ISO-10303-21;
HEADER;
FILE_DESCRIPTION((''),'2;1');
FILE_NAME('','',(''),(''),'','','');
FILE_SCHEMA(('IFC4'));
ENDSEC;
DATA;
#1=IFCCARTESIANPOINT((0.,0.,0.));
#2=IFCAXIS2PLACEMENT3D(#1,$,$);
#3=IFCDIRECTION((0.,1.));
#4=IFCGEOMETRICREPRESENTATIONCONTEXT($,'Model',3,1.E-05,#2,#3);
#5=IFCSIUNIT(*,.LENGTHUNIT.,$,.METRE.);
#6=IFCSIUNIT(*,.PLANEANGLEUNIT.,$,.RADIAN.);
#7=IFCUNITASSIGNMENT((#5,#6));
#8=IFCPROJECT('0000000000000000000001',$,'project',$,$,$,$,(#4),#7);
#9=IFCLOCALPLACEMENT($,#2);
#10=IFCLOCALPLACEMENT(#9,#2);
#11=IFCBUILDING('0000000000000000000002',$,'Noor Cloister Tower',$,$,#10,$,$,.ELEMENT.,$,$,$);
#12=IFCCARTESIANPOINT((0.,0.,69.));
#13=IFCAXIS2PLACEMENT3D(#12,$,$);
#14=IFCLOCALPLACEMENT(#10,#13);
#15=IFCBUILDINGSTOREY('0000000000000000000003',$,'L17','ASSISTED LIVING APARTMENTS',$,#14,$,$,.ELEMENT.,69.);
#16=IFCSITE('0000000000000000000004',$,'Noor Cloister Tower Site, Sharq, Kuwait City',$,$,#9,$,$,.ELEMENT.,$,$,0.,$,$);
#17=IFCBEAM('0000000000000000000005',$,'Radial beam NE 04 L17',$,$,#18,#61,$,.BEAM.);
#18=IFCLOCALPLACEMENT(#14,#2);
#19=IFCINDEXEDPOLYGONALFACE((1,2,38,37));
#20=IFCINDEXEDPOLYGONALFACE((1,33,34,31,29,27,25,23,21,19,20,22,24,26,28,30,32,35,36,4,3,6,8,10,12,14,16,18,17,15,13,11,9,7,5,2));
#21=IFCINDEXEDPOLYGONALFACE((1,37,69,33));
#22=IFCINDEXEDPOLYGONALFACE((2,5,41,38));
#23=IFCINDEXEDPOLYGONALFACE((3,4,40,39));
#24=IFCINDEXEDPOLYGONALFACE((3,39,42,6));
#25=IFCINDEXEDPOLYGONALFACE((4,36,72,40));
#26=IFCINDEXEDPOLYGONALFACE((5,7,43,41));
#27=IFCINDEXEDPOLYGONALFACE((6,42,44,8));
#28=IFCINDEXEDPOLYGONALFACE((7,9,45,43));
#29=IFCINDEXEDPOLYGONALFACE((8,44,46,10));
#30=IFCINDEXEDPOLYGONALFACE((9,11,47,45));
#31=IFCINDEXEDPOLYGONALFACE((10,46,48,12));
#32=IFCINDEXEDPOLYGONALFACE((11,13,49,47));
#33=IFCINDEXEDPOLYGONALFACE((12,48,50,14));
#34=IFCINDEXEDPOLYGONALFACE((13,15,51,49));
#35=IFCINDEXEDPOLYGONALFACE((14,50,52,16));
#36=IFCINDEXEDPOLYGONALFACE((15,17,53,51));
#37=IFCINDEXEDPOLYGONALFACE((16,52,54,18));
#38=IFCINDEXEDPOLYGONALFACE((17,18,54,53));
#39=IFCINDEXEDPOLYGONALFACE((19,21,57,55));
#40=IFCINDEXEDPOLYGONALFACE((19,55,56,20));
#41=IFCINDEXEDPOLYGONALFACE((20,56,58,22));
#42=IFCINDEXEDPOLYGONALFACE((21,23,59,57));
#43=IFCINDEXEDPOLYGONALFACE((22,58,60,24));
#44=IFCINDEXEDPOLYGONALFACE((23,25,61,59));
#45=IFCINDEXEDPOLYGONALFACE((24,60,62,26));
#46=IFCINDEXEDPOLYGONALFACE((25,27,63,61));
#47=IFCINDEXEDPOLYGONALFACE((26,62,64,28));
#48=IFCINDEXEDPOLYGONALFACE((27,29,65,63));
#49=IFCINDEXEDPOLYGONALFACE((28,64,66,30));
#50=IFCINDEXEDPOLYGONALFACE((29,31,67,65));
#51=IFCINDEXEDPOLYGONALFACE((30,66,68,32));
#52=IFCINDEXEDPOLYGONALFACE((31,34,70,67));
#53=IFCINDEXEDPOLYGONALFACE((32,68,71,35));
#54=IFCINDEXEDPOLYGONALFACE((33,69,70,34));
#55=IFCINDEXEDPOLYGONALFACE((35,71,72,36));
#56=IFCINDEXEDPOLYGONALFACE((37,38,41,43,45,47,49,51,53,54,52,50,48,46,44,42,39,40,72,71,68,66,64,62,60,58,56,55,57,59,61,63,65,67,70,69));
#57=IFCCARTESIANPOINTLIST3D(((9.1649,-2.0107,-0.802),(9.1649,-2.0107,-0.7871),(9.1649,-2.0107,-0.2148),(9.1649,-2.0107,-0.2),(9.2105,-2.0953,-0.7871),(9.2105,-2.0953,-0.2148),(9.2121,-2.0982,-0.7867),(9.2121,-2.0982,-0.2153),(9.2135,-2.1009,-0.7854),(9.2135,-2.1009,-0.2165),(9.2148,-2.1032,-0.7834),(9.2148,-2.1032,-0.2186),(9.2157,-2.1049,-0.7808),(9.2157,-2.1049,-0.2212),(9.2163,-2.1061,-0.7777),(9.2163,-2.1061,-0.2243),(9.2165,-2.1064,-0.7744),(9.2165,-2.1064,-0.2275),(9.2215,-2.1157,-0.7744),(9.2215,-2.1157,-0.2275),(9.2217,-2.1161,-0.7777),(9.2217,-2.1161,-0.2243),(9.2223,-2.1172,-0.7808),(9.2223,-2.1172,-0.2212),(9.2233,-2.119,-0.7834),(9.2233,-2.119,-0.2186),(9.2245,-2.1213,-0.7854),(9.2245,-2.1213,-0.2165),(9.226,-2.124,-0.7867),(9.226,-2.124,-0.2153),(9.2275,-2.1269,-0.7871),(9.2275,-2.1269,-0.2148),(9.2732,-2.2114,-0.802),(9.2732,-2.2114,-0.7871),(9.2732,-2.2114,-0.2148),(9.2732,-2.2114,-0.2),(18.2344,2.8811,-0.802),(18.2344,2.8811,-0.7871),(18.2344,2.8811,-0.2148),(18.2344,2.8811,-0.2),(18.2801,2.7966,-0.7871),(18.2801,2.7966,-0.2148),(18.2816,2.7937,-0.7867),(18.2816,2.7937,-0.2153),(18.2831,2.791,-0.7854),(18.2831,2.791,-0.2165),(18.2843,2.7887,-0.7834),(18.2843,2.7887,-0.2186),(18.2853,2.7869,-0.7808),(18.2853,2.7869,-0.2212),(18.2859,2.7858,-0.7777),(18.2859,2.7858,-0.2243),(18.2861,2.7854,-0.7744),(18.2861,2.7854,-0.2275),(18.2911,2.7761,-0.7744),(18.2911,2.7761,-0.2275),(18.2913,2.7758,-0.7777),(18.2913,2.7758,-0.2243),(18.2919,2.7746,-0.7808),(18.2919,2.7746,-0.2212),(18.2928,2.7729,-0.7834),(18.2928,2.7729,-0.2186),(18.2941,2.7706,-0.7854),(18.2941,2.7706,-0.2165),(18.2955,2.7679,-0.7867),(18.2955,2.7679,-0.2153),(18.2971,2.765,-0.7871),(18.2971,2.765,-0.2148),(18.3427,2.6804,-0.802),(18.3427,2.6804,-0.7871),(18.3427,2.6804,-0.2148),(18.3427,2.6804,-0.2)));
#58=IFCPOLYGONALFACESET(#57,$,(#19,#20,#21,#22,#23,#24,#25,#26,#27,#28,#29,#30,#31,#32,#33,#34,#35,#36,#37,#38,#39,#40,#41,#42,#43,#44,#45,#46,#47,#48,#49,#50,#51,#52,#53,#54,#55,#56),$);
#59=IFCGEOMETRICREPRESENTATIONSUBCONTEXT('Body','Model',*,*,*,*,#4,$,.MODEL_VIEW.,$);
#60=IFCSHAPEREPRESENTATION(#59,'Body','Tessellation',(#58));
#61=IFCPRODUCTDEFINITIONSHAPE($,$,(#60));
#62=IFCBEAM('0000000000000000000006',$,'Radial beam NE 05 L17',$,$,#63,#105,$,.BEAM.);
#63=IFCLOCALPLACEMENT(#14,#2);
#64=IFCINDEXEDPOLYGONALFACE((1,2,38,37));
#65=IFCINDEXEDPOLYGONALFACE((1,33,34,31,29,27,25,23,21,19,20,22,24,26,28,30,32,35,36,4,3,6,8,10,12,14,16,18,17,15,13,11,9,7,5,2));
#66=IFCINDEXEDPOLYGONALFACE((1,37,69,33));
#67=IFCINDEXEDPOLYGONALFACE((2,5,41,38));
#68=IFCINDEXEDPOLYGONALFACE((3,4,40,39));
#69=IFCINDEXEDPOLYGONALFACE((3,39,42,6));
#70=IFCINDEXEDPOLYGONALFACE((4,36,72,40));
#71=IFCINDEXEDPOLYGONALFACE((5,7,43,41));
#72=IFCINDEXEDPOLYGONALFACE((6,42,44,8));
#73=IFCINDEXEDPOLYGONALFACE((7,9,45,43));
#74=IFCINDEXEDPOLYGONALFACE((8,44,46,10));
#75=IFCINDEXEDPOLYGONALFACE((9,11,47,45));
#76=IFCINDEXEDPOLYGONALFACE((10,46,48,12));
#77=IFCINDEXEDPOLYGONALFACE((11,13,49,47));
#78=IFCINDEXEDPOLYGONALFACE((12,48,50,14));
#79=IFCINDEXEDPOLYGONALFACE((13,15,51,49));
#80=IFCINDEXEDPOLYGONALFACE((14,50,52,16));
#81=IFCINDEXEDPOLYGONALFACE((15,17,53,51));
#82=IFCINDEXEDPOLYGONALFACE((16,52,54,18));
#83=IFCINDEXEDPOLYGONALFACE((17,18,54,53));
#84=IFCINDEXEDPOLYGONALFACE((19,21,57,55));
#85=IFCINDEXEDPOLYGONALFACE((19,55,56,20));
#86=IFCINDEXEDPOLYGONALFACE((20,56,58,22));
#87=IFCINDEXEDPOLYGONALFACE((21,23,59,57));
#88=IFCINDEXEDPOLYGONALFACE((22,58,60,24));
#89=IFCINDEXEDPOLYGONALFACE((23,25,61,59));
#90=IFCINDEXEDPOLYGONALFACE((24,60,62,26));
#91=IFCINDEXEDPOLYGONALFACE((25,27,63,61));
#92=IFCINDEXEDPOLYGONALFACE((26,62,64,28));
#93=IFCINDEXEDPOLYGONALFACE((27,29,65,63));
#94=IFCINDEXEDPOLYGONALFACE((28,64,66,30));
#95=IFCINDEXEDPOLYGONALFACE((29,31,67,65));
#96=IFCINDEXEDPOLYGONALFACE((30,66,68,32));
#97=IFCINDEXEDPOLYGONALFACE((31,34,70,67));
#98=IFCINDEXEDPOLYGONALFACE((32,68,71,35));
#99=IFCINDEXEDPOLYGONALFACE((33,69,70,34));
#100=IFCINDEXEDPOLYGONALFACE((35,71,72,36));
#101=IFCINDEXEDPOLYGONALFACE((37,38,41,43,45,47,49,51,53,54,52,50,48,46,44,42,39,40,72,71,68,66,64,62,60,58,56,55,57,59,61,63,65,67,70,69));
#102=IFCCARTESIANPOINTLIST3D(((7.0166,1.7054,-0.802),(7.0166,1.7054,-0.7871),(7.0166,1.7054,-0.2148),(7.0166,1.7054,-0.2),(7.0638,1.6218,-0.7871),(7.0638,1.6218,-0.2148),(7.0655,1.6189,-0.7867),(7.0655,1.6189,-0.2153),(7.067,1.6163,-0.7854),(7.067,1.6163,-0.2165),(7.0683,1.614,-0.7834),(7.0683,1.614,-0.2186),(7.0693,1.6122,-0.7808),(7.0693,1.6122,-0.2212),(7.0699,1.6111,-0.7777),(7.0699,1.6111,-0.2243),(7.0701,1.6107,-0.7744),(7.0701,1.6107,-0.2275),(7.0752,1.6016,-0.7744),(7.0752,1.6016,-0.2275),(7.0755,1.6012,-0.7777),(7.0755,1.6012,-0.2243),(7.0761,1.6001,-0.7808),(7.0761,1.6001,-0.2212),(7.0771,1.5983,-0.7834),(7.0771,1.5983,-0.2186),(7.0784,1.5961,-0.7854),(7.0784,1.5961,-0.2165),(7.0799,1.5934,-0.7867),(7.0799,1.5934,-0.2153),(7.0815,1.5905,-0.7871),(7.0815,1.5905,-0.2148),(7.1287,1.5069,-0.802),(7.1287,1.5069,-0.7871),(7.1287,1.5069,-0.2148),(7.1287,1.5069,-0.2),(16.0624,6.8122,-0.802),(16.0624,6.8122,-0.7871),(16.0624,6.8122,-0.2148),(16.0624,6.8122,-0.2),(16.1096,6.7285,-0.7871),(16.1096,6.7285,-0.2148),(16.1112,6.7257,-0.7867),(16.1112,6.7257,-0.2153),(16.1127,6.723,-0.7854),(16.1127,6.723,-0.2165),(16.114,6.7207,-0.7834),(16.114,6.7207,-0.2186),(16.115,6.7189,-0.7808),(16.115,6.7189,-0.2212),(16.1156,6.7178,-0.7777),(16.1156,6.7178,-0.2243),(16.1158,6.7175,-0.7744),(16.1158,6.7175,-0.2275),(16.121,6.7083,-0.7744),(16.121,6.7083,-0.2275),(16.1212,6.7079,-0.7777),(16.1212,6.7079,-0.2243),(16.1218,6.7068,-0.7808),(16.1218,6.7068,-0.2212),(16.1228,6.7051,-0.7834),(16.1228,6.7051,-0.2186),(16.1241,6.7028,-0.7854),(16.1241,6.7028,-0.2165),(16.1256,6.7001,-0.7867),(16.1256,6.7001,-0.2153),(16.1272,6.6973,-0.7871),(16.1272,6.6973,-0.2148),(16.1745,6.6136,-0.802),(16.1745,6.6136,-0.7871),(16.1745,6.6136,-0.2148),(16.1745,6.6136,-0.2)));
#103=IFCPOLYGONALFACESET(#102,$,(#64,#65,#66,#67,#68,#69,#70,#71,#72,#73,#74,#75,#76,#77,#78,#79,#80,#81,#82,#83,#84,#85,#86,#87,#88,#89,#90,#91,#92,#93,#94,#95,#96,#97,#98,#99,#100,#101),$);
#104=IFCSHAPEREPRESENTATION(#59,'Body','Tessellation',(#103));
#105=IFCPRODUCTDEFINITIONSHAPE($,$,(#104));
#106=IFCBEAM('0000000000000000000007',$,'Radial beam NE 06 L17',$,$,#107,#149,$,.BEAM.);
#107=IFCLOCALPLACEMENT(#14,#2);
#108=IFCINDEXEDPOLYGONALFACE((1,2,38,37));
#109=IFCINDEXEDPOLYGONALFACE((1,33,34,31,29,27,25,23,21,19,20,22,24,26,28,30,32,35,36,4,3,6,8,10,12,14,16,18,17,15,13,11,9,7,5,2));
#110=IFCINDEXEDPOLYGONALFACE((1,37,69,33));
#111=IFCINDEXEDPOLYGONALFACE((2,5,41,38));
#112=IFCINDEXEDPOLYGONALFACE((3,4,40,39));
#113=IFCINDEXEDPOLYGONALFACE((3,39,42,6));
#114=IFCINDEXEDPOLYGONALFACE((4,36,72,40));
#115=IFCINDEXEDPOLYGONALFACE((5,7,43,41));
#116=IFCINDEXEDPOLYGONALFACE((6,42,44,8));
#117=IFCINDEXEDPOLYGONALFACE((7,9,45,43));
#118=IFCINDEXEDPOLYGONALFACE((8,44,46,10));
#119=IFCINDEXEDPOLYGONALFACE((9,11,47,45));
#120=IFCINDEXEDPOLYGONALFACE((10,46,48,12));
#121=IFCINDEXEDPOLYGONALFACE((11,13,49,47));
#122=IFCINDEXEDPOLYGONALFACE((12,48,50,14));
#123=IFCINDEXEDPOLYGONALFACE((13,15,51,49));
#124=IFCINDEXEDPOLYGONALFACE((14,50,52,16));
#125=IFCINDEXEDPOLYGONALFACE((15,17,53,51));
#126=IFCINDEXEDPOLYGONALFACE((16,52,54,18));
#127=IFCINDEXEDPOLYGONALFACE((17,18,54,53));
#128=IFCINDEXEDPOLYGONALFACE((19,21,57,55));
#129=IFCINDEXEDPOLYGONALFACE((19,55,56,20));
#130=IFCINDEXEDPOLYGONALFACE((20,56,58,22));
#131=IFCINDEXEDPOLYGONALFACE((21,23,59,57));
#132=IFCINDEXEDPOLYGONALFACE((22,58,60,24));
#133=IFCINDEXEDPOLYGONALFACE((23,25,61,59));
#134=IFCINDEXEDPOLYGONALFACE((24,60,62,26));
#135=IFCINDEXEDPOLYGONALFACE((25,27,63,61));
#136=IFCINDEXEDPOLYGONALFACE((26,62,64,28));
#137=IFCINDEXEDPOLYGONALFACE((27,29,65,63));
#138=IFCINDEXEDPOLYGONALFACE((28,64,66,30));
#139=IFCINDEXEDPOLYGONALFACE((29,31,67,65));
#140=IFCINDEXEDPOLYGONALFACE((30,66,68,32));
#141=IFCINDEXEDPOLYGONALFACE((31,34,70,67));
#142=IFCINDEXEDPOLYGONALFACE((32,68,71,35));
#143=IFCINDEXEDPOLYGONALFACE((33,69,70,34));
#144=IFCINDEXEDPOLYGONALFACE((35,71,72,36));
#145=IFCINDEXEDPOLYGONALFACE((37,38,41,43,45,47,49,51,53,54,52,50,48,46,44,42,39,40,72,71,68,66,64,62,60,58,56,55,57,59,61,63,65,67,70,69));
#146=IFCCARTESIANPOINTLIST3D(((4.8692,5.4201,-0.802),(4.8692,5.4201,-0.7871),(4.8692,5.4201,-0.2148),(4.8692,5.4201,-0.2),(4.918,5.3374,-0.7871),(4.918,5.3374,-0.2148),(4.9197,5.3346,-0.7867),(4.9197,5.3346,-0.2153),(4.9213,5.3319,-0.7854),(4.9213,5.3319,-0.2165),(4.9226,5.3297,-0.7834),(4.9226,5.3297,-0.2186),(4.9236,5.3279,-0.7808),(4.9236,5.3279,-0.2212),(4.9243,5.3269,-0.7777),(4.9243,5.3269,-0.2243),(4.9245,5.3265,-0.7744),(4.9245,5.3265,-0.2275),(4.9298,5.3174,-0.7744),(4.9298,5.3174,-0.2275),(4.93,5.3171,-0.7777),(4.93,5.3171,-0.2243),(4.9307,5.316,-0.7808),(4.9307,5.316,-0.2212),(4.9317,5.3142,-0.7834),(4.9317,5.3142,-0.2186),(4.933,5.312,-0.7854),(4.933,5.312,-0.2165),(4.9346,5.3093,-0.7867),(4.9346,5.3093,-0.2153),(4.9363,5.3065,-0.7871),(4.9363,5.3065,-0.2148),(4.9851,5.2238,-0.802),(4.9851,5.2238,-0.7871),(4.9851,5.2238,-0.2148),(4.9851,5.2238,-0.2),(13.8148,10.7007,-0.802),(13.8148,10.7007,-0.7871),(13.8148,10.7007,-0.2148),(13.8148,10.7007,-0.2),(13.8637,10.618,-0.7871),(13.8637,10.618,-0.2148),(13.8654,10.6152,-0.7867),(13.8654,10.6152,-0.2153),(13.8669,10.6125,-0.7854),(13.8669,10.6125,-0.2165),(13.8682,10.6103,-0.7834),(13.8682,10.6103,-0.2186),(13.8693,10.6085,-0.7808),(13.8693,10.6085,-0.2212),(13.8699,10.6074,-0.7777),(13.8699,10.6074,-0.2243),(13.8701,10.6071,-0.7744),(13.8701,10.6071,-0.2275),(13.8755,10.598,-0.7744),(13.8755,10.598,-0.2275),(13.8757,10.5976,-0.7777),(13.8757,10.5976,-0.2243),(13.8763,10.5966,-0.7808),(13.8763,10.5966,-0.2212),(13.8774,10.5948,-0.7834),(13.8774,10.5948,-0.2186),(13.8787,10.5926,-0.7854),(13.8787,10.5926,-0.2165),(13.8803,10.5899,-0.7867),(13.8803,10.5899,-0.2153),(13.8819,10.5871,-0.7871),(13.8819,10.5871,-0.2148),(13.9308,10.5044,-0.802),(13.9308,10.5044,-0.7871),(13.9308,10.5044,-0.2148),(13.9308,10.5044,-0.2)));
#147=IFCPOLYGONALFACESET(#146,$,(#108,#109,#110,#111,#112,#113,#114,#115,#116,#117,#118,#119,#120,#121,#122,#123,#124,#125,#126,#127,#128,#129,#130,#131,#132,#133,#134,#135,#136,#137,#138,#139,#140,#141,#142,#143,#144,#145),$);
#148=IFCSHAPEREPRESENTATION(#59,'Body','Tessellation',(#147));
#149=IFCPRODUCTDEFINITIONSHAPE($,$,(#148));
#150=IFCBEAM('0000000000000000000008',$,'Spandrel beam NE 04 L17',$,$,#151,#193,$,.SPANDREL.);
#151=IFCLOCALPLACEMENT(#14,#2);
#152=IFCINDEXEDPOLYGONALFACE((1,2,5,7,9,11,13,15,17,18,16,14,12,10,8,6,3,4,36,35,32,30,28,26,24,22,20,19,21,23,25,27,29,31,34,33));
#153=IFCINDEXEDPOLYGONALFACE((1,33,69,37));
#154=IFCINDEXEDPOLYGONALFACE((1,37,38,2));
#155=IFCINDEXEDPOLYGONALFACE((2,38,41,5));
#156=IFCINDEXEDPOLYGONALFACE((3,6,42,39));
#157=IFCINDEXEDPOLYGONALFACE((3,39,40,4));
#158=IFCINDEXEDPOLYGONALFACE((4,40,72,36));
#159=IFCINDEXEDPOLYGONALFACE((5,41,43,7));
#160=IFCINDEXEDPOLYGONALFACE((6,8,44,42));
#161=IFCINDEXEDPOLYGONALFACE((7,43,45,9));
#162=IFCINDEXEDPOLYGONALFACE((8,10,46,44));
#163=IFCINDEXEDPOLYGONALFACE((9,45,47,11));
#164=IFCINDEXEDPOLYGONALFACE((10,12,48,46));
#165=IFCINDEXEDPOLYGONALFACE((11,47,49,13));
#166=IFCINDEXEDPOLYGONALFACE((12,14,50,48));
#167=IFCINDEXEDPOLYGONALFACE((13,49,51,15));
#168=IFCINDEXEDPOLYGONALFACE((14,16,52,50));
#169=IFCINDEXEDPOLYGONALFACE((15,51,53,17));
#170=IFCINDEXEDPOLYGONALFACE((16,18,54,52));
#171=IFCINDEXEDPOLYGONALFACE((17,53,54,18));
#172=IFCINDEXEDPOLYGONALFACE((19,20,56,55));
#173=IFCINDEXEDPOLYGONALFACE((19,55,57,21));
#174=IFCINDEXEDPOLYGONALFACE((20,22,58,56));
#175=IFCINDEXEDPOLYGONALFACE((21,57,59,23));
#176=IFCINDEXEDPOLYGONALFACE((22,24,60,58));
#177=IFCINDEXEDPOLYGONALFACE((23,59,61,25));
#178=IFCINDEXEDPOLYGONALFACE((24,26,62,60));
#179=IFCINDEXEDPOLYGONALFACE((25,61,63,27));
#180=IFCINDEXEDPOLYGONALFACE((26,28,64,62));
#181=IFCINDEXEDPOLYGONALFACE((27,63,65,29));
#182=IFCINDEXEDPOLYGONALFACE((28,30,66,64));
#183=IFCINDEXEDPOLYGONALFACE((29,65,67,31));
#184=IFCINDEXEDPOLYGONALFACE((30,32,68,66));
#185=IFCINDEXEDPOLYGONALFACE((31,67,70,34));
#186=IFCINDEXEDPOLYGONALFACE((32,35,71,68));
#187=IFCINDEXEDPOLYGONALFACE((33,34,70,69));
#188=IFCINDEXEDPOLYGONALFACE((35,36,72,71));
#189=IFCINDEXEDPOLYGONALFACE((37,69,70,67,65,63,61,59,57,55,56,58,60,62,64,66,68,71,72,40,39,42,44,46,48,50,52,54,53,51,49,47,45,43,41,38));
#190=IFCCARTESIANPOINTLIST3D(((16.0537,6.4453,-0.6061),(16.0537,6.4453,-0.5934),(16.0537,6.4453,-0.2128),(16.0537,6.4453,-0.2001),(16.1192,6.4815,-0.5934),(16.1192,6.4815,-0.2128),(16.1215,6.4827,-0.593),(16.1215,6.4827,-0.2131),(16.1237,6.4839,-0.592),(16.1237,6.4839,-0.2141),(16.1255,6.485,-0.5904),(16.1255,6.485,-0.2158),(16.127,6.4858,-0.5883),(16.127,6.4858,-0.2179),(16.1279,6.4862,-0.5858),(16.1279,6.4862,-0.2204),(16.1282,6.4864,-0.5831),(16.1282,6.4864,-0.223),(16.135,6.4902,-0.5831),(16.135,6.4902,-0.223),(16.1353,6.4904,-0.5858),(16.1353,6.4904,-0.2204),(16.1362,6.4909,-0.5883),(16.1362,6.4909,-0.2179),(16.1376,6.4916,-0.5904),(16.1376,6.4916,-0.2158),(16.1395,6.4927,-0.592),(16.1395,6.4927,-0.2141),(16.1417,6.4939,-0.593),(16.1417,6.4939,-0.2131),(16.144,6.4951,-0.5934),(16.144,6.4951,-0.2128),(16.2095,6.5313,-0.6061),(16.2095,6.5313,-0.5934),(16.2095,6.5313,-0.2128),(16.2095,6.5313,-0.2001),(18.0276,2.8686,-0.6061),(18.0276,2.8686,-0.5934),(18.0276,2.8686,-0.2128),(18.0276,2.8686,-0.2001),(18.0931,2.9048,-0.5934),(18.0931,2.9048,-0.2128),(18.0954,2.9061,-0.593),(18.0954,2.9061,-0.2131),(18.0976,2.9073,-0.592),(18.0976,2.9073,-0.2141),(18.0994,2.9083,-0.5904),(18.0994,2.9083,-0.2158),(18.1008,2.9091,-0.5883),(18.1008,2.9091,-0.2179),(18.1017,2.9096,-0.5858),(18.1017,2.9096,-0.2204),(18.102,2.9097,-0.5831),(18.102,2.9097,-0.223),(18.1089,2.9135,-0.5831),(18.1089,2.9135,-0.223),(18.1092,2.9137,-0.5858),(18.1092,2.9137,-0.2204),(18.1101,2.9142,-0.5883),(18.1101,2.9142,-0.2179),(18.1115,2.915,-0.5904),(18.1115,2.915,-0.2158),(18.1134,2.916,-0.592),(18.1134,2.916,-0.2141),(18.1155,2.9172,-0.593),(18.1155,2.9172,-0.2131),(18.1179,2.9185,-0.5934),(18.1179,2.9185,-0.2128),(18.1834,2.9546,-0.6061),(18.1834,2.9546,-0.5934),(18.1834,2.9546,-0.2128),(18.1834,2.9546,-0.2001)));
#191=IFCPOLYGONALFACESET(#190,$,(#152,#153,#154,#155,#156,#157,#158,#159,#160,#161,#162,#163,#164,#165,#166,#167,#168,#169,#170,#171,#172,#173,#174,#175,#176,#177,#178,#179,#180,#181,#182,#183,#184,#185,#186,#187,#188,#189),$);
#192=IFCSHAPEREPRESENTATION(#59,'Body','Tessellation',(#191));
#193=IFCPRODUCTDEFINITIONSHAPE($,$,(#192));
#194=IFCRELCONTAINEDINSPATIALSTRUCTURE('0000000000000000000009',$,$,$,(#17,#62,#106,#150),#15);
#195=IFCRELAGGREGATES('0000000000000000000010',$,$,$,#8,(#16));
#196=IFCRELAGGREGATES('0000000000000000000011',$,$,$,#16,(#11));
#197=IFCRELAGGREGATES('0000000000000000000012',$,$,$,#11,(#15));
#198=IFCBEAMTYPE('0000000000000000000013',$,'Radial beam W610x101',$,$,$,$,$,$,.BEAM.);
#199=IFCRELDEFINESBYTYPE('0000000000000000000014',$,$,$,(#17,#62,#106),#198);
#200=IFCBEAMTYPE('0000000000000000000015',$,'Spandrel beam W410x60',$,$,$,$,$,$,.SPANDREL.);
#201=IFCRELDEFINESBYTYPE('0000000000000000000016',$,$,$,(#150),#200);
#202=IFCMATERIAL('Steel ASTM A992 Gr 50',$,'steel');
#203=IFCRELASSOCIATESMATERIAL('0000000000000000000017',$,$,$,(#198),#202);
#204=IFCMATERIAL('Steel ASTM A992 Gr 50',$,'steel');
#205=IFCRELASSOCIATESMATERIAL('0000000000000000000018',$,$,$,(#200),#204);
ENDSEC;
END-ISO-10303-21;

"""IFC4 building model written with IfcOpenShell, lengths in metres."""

from ifc_helpers import new_model, si_unit, direction, frame, origin, origin_2d, place, context, subcontext, project, spatial, i_section, extrude, material, material_profile, profile_set, type_object, element, save


model = new_model("IFC4")

# Units and contexts
model_context = context("Model", 3, precision=1e-05, world=origin(), true_north=direction((0.0, 1.0)))
body_context = subcontext(model_context, "Body", "Model", "MODEL_VIEW")
ifc_project = project(units=[si_unit("LENGTHUNIT", "METRE"), si_unit("PLANEANGLEUNIT", "RADIAN")], contexts=[model_context])

# Site, building, storey
site_placement = place(None, origin())
site = spatial("IfcSite", under=ifc_project, at=site_placement, Name="Noor Cloister Tower Site, Sharq, Kuwait City", CompositionType="ELEMENT", RefElevation=0.0)
building_placement = place(site_placement, origin())
building = spatial("IfcBuilding", under=site, at=building_placement, Name="Noor Cloister Tower", CompositionType="ELEMENT")
storey_placement = place(building_placement, frame((0.0, 0.0, 69.0)))
storey = spatial("IfcBuildingStorey", under=building, at=storey_placement, Name="L17", Description="ASSISTED LIVING APARTMENTS", CompositionType="ELEMENT", Elevation=69.0)

# Beams
ifc_material_1 = material(Name="Steel ASTM A992 Gr 50", Category="steel")
ifc_material_profile_1 = material_profile(ifc_material_1, i_section(OverallWidth=0.228, OverallDepth=0.6021, WebThickness=0.0105, FlangeThickness=0.0149, FilletRadius=0.0127, at=origin_2d()), Name="W610x101")
ifc_profile_set_1 = profile_set([ifc_material_profile_1], Name="Steel ASTM A992 Gr 50")
beam_type_1 = type_object("IfcBeamType", Name="Radial beam W610x101", PredefinedType="BEAM", material=ifc_profile_set_1)
beam_1_placement = place(storey_placement, frame((18.2886, 2.7808, -0.501), z_axis=(-0.880138, -0.474719, 0.0), x_axis=(0.474719, -0.880138, 0.0)))
element("IfcBeam", 1, at=beam_1_placement, inside=storey, type_object=beam_type_1, Name="Radial beam NE 04 L17", PredefinedType="BEAM", context=body_context, shape_type="SweptSolid", body=[
    extrude(i_section(OverallWidth=0.228, OverallDepth=0.6021, WebThickness=0.0105, FlangeThickness=0.0149, FilletRadius=0.0127, at=origin_2d()), origin(), (0.0, 0.0, 1.0), 10.3047),
])
beam_2_placement = place(storey_placement, frame((16.1184, 6.7129, -0.501), z_axis=(-0.870813, -0.491614, 0.0), x_axis=(0.491614, -0.870813, 0.0)))
element("IfcBeam", 2, at=beam_2_placement, inside=storey, type_object=beam_type_1, Name="Radial beam NE 05 L17", PredefinedType="BEAM", context=body_context, shape_type="SweptSolid", body=[
    extrude(i_section(OverallWidth=0.228, OverallDepth=0.6021, WebThickness=0.0105, FlangeThickness=0.0149, FilletRadius=0.0127, at=origin_2d()), origin(), (0.0, 0.0, 1.0), 10.3877),
])
beam_3_placement = place(storey_placement, frame((13.8728, 10.6025, -0.501), z_axis=(-0.861158, -0.508337, 0.0), x_axis=(0.508337, -0.861158, 0.0)))
element("IfcBeam", 3, at=beam_3_placement, inside=storey, type_object=beam_type_1, Name="Radial beam NE 06 L17", PredefinedType="BEAM", context=body_context, shape_type="SweptSolid", body=[
    extrude(i_section(OverallWidth=0.228, OverallDepth=0.6021, WebThickness=0.0105, FlangeThickness=0.0149, FilletRadius=0.0127, at=origin_2d()), origin(), (0.0, 0.0, 1.0), 10.3879),
])
ifc_material_2 = material(Name="Steel ASTM A992 Gr 50", Category="steel")
ifc_material_profile_2 = material_profile(ifc_material_2, i_section(OverallWidth=0.178, OverallDepth=0.406, WebThickness=0.0078, FlangeThickness=0.0127, FilletRadius=0.0103, at=origin_2d()), Name="W410x60")
ifc_profile_set_2 = profile_set([ifc_material_profile_2], Name="Steel ASTM A992 Gr 50")
beam_type_2 = type_object("IfcBeamType", Name="Spandrel beam W410x60", PredefinedType="SPANDREL", material=ifc_profile_set_2)
beam_4_placement = place(storey_placement, frame((18.1055, 2.9116, -0.4031), z_axis=(-0.48318, 0.875521, 0.0), x_axis=(-0.875521, -0.48318, 0.0)))
element("IfcBeam", 4, at=beam_4_placement, inside=storey, type_object=beam_type_2, Name="Spandrel beam NE 04 L17", PredefinedType="SPANDREL", context=body_context, shape_type="SweptSolid", body=[
    extrude(i_section(OverallWidth=0.178, OverallDepth=0.406, WebThickness=0.0078, FlangeThickness=0.0127, FilletRadius=0.0103, at=origin_2d()), origin(), (0.0, 0.0, 1.0), 4.0852),
])

save(model, "model.ifc")
